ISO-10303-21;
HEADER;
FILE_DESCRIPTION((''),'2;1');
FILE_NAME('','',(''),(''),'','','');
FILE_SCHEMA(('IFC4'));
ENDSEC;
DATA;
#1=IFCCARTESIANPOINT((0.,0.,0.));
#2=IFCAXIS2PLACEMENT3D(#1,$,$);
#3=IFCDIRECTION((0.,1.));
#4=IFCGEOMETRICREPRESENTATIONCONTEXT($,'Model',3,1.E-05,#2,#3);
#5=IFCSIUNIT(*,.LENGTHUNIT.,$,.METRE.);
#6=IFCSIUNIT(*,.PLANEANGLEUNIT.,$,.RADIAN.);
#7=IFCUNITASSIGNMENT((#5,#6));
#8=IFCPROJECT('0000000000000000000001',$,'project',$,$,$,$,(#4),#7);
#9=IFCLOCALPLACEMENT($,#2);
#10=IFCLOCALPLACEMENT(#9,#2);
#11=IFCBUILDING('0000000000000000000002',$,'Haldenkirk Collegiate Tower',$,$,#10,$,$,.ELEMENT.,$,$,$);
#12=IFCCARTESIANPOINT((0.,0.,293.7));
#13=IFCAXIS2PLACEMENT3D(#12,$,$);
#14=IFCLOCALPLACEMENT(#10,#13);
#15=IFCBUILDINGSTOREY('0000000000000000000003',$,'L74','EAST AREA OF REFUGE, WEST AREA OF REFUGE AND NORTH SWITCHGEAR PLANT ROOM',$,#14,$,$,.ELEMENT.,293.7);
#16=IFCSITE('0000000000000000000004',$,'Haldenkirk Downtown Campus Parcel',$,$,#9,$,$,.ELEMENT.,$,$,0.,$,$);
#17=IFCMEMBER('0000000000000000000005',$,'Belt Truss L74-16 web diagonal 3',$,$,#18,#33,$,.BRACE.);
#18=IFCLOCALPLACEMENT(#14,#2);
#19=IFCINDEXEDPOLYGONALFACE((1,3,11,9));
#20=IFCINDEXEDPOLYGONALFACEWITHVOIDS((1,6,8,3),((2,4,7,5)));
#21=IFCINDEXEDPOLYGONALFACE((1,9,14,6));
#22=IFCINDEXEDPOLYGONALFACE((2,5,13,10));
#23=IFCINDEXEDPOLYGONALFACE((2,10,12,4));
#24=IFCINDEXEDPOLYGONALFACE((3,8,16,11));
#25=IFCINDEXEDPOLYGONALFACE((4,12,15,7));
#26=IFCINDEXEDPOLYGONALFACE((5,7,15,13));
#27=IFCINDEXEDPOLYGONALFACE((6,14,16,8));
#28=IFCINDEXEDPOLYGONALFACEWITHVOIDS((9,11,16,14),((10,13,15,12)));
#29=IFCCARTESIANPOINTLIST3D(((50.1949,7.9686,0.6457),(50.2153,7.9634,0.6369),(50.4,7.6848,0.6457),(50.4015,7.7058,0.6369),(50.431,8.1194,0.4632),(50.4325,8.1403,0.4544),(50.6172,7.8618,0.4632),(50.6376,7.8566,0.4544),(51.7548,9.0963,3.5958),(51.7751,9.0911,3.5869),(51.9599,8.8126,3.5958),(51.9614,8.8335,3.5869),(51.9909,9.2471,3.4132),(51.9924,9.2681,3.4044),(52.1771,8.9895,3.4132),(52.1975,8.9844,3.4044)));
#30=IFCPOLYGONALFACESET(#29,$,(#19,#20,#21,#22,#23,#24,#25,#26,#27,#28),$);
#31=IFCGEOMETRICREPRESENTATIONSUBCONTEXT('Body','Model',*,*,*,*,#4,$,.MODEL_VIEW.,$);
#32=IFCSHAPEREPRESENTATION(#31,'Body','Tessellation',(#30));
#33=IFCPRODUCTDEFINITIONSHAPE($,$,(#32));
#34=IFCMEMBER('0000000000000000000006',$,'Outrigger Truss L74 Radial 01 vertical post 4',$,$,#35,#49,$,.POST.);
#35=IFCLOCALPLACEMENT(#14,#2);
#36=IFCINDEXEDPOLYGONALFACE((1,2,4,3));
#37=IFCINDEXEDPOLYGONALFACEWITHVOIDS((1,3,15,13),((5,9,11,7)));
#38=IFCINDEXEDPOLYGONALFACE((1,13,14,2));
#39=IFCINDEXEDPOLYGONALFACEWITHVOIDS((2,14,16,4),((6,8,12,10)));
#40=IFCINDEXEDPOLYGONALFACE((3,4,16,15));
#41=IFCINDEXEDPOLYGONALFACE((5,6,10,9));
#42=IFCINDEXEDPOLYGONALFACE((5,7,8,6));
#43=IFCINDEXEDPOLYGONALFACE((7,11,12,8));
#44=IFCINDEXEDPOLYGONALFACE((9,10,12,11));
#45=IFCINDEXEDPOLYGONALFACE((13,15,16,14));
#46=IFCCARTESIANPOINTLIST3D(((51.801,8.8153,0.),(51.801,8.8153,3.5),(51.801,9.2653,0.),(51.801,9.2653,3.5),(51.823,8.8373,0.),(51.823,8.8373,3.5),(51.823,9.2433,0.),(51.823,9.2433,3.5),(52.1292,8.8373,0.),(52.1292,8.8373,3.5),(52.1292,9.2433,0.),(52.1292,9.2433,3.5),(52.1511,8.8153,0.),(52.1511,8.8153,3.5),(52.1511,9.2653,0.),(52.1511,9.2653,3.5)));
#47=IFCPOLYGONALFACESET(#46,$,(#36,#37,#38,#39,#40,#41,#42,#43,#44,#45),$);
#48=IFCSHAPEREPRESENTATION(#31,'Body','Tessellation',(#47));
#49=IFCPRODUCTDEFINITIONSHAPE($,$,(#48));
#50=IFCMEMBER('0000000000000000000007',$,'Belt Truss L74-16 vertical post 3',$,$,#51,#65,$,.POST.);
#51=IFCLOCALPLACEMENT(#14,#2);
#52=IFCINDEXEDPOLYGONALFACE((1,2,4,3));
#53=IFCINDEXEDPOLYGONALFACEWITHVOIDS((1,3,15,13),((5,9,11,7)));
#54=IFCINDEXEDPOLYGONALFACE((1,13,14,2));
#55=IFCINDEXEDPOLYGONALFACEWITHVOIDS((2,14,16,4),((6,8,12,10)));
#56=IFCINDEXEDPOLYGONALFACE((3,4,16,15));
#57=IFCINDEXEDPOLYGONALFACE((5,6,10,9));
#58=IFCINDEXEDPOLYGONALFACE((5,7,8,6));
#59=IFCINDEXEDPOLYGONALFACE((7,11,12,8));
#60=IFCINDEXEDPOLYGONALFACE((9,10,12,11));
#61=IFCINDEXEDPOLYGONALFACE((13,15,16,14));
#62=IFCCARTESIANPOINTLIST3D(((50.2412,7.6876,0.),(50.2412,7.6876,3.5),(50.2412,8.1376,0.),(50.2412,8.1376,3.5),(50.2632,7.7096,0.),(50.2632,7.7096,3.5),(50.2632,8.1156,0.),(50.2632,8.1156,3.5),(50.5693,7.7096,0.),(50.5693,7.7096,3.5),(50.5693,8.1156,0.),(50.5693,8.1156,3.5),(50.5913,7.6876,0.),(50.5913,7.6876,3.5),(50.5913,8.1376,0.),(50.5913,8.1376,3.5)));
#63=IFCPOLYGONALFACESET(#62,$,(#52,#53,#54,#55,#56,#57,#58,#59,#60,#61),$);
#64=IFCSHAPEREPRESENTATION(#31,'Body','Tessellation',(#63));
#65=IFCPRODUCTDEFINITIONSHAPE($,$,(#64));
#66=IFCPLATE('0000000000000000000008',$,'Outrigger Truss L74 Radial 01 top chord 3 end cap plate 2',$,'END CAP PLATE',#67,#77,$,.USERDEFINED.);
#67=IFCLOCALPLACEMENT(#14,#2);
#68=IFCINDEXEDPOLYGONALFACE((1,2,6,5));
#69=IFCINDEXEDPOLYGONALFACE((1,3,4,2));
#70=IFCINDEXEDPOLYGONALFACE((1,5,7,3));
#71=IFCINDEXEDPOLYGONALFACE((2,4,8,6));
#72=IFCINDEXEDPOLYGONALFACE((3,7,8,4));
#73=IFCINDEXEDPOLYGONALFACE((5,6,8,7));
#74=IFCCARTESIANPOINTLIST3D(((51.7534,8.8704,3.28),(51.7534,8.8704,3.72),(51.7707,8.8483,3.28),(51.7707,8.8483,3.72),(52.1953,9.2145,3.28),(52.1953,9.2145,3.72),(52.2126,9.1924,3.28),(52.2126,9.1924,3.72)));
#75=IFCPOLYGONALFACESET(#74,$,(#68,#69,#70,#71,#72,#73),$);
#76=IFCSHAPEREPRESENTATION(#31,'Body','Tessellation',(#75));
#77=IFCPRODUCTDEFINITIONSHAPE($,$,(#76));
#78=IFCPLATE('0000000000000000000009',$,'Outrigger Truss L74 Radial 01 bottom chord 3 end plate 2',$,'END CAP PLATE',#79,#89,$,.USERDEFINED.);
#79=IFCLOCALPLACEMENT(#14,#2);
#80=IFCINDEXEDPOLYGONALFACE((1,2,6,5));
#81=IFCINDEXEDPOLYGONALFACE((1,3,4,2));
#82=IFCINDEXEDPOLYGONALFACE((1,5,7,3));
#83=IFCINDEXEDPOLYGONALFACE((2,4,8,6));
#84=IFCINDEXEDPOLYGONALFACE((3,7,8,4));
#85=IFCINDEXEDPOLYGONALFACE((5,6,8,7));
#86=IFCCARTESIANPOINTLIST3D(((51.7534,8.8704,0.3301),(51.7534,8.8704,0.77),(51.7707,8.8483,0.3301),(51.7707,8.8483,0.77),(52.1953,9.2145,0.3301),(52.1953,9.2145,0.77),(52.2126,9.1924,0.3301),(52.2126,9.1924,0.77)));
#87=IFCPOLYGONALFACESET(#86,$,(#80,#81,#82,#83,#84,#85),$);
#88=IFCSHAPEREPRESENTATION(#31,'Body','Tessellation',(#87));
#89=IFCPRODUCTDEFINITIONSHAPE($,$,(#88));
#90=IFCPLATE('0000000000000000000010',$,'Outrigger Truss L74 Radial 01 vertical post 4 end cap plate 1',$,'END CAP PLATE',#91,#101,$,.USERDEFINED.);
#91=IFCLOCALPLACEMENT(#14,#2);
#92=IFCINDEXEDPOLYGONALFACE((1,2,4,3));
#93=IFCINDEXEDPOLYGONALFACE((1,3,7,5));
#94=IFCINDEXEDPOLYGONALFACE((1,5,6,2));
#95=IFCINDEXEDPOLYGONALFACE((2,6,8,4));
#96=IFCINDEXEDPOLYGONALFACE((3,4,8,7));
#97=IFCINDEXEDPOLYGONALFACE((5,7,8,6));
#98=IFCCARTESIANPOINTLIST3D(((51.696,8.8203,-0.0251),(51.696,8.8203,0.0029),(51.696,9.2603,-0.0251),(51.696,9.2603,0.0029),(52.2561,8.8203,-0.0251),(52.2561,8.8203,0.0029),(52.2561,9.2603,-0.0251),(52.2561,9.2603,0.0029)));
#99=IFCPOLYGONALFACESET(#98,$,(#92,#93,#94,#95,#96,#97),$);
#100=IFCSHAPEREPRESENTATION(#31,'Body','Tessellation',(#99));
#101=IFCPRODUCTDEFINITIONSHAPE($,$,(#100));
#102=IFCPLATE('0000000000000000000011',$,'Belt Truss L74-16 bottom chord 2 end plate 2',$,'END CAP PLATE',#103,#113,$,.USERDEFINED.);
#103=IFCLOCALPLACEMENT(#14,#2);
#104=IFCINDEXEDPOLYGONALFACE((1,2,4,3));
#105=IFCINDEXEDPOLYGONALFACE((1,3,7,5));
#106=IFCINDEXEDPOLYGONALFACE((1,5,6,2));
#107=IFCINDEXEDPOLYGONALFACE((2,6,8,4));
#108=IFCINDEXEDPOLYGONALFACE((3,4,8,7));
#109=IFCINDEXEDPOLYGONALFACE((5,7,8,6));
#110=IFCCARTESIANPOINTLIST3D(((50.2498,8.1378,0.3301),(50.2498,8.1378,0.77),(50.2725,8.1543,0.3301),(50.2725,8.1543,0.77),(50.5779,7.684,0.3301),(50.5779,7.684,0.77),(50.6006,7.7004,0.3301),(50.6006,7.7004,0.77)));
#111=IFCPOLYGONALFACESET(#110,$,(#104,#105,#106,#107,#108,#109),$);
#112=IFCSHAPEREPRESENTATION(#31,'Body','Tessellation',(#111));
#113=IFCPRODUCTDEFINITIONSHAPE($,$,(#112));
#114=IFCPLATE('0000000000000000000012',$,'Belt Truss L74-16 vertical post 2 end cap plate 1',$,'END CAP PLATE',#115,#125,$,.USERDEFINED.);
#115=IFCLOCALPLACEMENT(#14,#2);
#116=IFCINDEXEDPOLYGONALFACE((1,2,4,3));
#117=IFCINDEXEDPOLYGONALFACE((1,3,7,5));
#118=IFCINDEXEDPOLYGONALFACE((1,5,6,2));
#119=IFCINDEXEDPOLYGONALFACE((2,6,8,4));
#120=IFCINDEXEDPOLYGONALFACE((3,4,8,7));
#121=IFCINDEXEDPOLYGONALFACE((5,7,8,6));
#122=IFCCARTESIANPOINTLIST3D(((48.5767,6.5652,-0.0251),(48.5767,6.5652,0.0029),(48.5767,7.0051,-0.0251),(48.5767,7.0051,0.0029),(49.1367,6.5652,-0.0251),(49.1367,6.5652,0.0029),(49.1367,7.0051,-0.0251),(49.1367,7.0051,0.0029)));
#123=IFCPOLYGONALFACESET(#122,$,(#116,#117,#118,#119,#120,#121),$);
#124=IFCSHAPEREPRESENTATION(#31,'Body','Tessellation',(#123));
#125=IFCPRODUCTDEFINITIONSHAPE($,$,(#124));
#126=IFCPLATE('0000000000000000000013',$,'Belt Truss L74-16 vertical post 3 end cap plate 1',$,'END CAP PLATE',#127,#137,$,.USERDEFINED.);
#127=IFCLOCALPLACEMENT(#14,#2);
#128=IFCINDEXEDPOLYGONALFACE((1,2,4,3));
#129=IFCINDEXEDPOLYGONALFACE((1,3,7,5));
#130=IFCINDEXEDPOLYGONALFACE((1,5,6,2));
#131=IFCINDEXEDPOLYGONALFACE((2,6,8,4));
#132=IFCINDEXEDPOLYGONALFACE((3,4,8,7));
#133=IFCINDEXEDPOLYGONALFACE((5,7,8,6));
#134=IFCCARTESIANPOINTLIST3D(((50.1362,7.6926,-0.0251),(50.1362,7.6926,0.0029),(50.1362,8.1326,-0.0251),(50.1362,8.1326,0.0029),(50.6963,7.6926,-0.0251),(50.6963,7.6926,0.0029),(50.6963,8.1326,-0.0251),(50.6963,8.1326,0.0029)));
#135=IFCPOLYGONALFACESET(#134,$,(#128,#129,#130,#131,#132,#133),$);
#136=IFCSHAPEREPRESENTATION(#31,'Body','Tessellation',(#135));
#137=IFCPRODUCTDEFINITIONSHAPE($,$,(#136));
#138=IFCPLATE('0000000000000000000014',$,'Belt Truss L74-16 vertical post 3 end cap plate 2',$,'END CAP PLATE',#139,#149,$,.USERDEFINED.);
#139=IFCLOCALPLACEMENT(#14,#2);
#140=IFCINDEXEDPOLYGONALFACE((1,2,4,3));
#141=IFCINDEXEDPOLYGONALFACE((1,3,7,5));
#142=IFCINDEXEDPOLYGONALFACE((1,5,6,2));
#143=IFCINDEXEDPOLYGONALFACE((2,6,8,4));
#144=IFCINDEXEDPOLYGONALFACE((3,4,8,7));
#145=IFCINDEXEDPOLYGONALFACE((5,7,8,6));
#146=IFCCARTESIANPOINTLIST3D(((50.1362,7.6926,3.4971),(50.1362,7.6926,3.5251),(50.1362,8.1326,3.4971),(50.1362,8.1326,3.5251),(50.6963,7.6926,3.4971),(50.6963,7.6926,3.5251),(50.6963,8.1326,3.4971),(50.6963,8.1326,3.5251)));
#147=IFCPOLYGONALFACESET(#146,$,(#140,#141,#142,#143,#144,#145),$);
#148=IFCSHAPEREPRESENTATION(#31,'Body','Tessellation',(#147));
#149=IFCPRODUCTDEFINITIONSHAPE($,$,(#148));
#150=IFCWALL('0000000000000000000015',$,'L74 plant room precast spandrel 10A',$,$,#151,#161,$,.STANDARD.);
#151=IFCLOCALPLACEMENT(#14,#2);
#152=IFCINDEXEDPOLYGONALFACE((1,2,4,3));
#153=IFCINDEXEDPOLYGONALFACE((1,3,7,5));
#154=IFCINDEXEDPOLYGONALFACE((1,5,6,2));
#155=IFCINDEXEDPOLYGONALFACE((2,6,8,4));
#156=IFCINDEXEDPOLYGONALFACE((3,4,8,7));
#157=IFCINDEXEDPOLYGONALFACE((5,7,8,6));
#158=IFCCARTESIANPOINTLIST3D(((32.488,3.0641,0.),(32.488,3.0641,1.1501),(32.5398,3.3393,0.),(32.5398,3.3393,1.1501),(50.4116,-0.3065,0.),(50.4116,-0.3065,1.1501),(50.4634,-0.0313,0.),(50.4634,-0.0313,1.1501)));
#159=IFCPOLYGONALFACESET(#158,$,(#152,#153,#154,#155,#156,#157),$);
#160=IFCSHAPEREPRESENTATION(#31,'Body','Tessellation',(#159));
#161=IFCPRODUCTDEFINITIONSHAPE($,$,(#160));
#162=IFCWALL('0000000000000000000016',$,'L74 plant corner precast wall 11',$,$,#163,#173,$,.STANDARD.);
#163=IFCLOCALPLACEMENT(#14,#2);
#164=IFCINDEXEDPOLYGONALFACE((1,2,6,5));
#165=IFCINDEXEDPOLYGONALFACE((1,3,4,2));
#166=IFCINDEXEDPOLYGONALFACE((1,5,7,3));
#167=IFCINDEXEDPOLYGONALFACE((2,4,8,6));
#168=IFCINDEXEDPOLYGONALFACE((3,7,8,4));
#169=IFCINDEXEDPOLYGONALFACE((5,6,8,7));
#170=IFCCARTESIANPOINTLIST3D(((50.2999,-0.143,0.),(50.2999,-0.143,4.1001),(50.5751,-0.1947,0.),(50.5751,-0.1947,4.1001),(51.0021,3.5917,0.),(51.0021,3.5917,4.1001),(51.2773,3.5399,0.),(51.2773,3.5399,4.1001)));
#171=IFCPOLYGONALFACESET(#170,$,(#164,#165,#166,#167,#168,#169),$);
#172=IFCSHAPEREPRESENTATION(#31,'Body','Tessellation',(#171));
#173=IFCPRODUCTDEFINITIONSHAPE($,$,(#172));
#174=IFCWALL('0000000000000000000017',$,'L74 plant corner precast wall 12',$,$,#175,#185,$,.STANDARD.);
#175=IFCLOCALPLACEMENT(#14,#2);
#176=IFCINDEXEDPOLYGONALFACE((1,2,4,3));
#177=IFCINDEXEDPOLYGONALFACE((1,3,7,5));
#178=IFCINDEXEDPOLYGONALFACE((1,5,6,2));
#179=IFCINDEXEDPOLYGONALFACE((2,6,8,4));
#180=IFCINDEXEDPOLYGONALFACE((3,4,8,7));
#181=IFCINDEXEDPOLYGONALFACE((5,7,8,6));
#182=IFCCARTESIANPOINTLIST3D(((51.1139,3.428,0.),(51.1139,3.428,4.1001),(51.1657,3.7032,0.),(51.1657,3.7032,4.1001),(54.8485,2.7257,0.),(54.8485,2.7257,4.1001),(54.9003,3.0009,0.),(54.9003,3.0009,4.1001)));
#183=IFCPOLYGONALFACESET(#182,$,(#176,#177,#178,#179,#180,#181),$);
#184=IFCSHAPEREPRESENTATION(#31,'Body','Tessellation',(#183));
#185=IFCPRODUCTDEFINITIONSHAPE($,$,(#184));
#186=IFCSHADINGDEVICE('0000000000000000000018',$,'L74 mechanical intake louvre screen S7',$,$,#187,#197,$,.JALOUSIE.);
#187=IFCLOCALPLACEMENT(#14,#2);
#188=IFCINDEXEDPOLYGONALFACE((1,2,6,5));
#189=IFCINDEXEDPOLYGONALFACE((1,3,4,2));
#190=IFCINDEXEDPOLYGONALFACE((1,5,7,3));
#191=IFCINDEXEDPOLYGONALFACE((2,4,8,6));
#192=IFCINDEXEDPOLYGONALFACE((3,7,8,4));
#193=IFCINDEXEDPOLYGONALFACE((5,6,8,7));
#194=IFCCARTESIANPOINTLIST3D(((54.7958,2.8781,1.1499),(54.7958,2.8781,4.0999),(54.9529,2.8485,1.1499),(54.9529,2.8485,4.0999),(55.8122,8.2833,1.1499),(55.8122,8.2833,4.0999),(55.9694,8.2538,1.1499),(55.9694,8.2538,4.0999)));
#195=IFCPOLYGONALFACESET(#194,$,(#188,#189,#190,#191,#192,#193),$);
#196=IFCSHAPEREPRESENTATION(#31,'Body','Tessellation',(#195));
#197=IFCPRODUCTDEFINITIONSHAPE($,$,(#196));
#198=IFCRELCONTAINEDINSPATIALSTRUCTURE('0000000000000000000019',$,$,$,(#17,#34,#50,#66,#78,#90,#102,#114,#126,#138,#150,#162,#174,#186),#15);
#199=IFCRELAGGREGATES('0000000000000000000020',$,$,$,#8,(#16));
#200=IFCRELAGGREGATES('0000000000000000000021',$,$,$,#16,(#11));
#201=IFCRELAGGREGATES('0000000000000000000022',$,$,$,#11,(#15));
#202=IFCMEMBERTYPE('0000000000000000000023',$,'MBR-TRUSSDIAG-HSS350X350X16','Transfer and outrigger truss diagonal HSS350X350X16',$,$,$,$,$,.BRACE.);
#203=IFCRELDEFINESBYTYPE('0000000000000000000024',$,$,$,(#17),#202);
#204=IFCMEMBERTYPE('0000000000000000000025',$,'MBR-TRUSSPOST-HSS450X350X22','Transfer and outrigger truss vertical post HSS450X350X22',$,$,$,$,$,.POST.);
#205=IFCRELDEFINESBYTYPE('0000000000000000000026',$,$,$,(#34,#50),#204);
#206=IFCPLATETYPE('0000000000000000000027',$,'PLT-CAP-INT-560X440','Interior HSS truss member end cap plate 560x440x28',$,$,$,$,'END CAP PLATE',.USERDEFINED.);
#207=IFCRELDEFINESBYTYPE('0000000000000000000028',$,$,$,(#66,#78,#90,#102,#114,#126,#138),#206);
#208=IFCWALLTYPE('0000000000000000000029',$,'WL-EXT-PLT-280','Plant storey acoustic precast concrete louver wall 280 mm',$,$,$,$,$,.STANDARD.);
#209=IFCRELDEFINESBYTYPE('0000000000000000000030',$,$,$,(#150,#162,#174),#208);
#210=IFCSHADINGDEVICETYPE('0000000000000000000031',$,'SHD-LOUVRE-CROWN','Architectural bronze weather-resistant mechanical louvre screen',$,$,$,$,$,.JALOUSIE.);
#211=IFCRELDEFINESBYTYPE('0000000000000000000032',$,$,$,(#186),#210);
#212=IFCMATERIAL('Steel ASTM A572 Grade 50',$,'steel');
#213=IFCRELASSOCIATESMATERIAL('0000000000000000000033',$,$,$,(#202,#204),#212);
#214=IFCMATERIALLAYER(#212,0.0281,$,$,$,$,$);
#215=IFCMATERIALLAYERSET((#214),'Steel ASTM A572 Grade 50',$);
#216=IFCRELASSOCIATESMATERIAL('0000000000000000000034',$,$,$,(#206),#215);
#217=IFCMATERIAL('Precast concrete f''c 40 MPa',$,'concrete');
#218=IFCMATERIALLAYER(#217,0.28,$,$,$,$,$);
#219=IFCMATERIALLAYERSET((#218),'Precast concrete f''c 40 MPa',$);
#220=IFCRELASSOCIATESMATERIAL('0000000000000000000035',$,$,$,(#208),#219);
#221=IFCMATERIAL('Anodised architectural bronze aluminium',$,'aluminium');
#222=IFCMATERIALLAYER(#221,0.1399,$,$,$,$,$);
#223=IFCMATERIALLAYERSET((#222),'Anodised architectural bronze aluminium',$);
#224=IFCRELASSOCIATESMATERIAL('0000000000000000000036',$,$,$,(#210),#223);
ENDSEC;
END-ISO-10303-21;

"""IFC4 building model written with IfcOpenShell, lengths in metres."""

from ifc_helpers import new_model, si_unit, direction, frame, frame_2d, origin, origin_2d, place, context, subcontext, project, spatial, rectangle, hollow_rectangle, extrude, source, transform, mapped, material, layer, layer_set, material_profile, profile_set, type_object, element, save


model = new_model("IFC4")

# Units and contexts
model_context = context("Model", 3, precision=1e-05, world=origin(), true_north=direction((0.0, 1.0)))
body_context = subcontext(model_context, "Body", "Model", "MODEL_VIEW")
ifc_project = project(units=[si_unit("LENGTHUNIT", "METRE"), si_unit("PLANEANGLEUNIT", "RADIAN")], contexts=[model_context])

# Site, building, storey
site_placement = place(None, origin())
site = spatial("IfcSite", under=ifc_project, at=site_placement, Name="Haldenkirk Downtown Campus Parcel", CompositionType="ELEMENT", RefElevation=0.0)
building_placement = place(site_placement, origin())
building = spatial("IfcBuilding", under=site, at=building_placement, Name="Haldenkirk Collegiate Tower", CompositionType="ELEMENT")
storey_placement = place(building_placement, frame((0.0, 0.0, 293.7)))
storey = spatial("IfcBuildingStorey", under=building, at=storey_placement, Name="L74", Description="EAST AREA OF REFUGE, WEST AREA OF REFUGE AND NORTH SWITCHGEAR PLANT ROOM", CompositionType="ELEMENT", Elevation=293.7)

# Members
ifc_material_1 = material(Name="Steel ASTM A572 Grade 50", Category="steel")
ifc_material_profile_1 = material_profile(ifc_material_1, hollow_rectangle(XDim=0.3501, YDim=0.3501, WallThickness=0.0161, at=origin_2d()), Name="HSS350X350X16")
ifc_profile_set_1 = profile_set([ifc_material_profile_1], Name="Steel ASTM A572 Grade 50")
member_type_1 = type_object("IfcMemberType", Name="MBR-TRUSSDIAG-HSS350X350X16", Description="Transfer and outrigger truss diagonal HSS350X350X16", PredefinedType="BRACE", material=ifc_profile_set_1)
member_1_placement = place(storey_placement, frame((50.4163, 7.9126, 0.55), z_axis=(0.442834, 0.320152, 0.837497), x_axis=(-0.585884, 0.810395, 0.0)))
element("IfcMember", 1, at=member_1_placement, inside=storey, type_object=member_type_1, Name="Belt Truss L74-16 web diagonal 3", PredefinedType="BRACE", context=body_context, shape_type="SweptSolid", body=[
    extrude(hollow_rectangle(XDim=0.3501, YDim=0.3501, WallThickness=0.0161, at=origin_2d()), origin(), (0.0, 0.0, 1.0), 3.5225),
])
ifc_material_profile_2 = material_profile(ifc_material_1, hollow_rectangle(XDim=0.3501, YDim=0.45, WallThickness=0.022, at=origin_2d()), Name="HSS450X350X22")
ifc_profile_set_2 = profile_set([ifc_material_profile_2], Name="Steel ASTM A572 Grade 50")
member_type_2 = type_object("IfcMemberType", Name="MBR-TRUSSPOST-HSS450X350X22", Description="Transfer and outrigger truss vertical post HSS450X350X22", PredefinedType="POST", material=ifc_profile_set_2)
for number, where, z_axis, x_axis, name in (
    (2, (51.9761, 9.0403, 0.0), (0.0, 0.0, 1.0), (1.0, 0.0, 0.0), "Outrigger Truss L74 Radial 01 vertical post 4"),
    (3, (50.4163, 7.9126, 0.0), (0.0, 0.0, 1.0), (1.0, 0.0, 0.0), "Belt Truss L74-16 vertical post 3"),
):
    element("IfcMember", number, at=place(storey_placement, frame(where, z_axis=z_axis, x_axis=x_axis)), inside=storey, type_object=member_type_2, Name=name, PredefinedType="POST", context=body_context, shape_type="SweptSolid", body=[
        extrude(hollow_rectangle(XDim=0.3501, YDim=0.45, WallThickness=0.022, at=origin_2d()), origin(), (0.0, 0.0, 1.0), 3.5),
    ])

# Plates
ifc_layer_1 = layer(ifc_material_1, 0.0281)
ifc_layer_set_1 = layer_set([ifc_layer_1], Name="Steel ASTM A572 Grade 50")
plate_type = type_object("IfcPlateType", Name="PLT-CAP-INT-560X440", Description="Interior HSS truss member end cap plate 560x440x28", ElementType="END CAP PLATE", PredefinedType="USERDEFINED", material=ifc_layer_set_1)
shared_shape_1 = source(origin(), body_context, "Body", "SweptSolid", [
    extrude(rectangle(XDim=0.5601, YDim=0.4399, at=origin_2d()), origin(), (0.0, 0.0, 1.0), 0.0281),
])
for number, where, z_axis, x_axis, name in (
    (4, (51.9744, 9.0425, 3.5), (0.614343, -0.789039, 0.0), (0.789039, 0.614343, 0.0), "Outrigger Truss L74 Radial 01 top chord 3 end cap plate 2"),
    (5, (51.9744, 9.0425, 0.55), (0.614341, -0.78904, 0.0), (0.78904, 0.614341, 0.0), "Outrigger Truss L74 Radial 01 bottom chord 3 end plate 2"),
    (6, (51.9761, 9.0403, 0.0029), (0.0, 0.0, -1.0), (1.0, 0.0, 0.0), "Outrigger Truss L74 Radial 01 vertical post 4 end cap plate 1"),
    (7, (50.4138, 7.9109, 0.55), (0.810404, 0.585872, 0.0), (-0.585872, 0.810404, 0.0), "Belt Truss L74-16 bottom chord 2 end plate 2"),
    (8, (48.8567, 6.7852, 0.0029), (0.0, 0.0, -1.0), (1.0, 0.0, 0.0), "Belt Truss L74-16 vertical post 2 end cap plate 1"),
    (9, (50.4163, 7.9126, 0.0029), (0.0, 0.0, -1.0), (1.0, 0.0, 0.0), "Belt Truss L74-16 vertical post 3 end cap plate 1"),
    (10, (50.4163, 7.9126, 3.4971), (0.0, 0.0, 1.0), (1.0, 0.0, 0.0), "Belt Truss L74-16 vertical post 3 end cap plate 2"),
):
    element("IfcPlate", number, at=place(storey_placement, frame(where, z_axis=z_axis, x_axis=x_axis)), inside=storey, type_object=plate_type, Name=name, ObjectType="END CAP PLATE", PredefinedType="USERDEFINED", context=body_context, shape_type="MappedRepresentation", body=[
        mapped(shared_shape_1, transform((0.0, 0.0, 0.0), x_axis=(1.0, 0.0, 0.0), y_axis=(0.0, 1.0, 0.0), z_axis=(0.0, 0.0, 1.0), scale=1.0)),
    ])

# Walls
ifc_material_2 = material(Name="Precast concrete f'c 40 MPa", Category="concrete")
ifc_layer_2 = layer(ifc_material_2, 0.28)
ifc_layer_set_2 = layer_set([ifc_layer_2], Name="Precast concrete f'c 40 MPa")
wall_type = type_object("IfcWallType", Name="WL-EXT-PLT-280", Description="Plant storey acoustic precast concrete louver wall 280 mm", PredefinedType="STANDARD", material=ifc_layer_set_2)
wall_placement = place(storey_placement, frame((50.4375, -0.1689, 0.0), z_axis=(0.0, 0.0, 1.0), x_axis=(-0.982773, 0.184815, 0.0)))
element("IfcWall", 11, at=wall_placement, inside=storey, type_object=wall_type, Name="L74 plant room precast spandrel 10A", PredefinedType="STANDARD", context=body_context, shape_type="SweptSolid", body=[
    extrude(rectangle(XDim=18.2378, YDim=0.28, at=frame_2d((9.1189, 0.0))), origin(), (0.0, 0.0, 1.0), 1.1501),
])
for number, where, z_axis, x_axis, name in (
    (12, (51.1396, 3.5657, 0.0), (0.0, 0.0, 1.0), (-0.184773, -0.982781, 0.0), "L74 plant corner precast wall 11"),
    (13, (54.8743, 2.8633, 0.0), (0.0, 0.0, 1.0), (-0.982769, 0.184835, 0.0), "L74 plant corner precast wall 12"),
):
    element("IfcWall", number, at=place(storey_placement, frame(where, z_axis=z_axis, x_axis=x_axis)), inside=storey, type_object=wall_type, Name=name, PredefinedType="STANDARD", context=body_context, shape_type="SweptSolid", body=[
        extrude(rectangle(XDim=3.8, YDim=0.28, at=frame_2d((1.8999, 0.0))), origin(), (0.0, 0.0, 1.0), 4.1001),
    ])

# Shading device
ifc_material_3 = material(Name="Anodised architectural bronze aluminium", Category="aluminium")
ifc_layer_3 = layer(ifc_material_3, 0.1399)
ifc_layer_set_3 = layer_set([ifc_layer_3], Name="Anodised architectural bronze aluminium")
shading_device_type = type_object("IfcShadingDeviceType", Name="SHD-LOUVRE-CROWN", Description="Architectural bronze weather-resistant mechanical louvre screen", PredefinedType="JALOUSIE", material=ifc_layer_set_3)
shared_shape_2 = source(origin(), body_context, "Body", "SweptSolid", [
    extrude(rectangle(XDim=5.5, YDim=0.1599, at=origin_2d()), origin(), (0.0, 0.0, 1.0), 2.95),
])
shading_device_placement = place(storey_placement, frame((55.3826, 5.5659, 1.1499), z_axis=(0.0, 0.0, 1.0), x_axis=(-0.184809, -0.982774, 0.0)))
element("IfcShadingDevice", 14, at=shading_device_placement, inside=storey, type_object=shading_device_type, Name="L74 mechanical intake louvre screen S7", PredefinedType="JALOUSIE", context=body_context, shape_type="MappedRepresentation", body=[
    mapped(shared_shape_2, transform((0.0, 0.0, 0.0), x_axis=(1.0, 0.0, 0.0), y_axis=(0.0, 1.0, 0.0), z_axis=(0.0, 0.0, 1.0), scale=1.0)),
])

save(model, "model.ifc")
